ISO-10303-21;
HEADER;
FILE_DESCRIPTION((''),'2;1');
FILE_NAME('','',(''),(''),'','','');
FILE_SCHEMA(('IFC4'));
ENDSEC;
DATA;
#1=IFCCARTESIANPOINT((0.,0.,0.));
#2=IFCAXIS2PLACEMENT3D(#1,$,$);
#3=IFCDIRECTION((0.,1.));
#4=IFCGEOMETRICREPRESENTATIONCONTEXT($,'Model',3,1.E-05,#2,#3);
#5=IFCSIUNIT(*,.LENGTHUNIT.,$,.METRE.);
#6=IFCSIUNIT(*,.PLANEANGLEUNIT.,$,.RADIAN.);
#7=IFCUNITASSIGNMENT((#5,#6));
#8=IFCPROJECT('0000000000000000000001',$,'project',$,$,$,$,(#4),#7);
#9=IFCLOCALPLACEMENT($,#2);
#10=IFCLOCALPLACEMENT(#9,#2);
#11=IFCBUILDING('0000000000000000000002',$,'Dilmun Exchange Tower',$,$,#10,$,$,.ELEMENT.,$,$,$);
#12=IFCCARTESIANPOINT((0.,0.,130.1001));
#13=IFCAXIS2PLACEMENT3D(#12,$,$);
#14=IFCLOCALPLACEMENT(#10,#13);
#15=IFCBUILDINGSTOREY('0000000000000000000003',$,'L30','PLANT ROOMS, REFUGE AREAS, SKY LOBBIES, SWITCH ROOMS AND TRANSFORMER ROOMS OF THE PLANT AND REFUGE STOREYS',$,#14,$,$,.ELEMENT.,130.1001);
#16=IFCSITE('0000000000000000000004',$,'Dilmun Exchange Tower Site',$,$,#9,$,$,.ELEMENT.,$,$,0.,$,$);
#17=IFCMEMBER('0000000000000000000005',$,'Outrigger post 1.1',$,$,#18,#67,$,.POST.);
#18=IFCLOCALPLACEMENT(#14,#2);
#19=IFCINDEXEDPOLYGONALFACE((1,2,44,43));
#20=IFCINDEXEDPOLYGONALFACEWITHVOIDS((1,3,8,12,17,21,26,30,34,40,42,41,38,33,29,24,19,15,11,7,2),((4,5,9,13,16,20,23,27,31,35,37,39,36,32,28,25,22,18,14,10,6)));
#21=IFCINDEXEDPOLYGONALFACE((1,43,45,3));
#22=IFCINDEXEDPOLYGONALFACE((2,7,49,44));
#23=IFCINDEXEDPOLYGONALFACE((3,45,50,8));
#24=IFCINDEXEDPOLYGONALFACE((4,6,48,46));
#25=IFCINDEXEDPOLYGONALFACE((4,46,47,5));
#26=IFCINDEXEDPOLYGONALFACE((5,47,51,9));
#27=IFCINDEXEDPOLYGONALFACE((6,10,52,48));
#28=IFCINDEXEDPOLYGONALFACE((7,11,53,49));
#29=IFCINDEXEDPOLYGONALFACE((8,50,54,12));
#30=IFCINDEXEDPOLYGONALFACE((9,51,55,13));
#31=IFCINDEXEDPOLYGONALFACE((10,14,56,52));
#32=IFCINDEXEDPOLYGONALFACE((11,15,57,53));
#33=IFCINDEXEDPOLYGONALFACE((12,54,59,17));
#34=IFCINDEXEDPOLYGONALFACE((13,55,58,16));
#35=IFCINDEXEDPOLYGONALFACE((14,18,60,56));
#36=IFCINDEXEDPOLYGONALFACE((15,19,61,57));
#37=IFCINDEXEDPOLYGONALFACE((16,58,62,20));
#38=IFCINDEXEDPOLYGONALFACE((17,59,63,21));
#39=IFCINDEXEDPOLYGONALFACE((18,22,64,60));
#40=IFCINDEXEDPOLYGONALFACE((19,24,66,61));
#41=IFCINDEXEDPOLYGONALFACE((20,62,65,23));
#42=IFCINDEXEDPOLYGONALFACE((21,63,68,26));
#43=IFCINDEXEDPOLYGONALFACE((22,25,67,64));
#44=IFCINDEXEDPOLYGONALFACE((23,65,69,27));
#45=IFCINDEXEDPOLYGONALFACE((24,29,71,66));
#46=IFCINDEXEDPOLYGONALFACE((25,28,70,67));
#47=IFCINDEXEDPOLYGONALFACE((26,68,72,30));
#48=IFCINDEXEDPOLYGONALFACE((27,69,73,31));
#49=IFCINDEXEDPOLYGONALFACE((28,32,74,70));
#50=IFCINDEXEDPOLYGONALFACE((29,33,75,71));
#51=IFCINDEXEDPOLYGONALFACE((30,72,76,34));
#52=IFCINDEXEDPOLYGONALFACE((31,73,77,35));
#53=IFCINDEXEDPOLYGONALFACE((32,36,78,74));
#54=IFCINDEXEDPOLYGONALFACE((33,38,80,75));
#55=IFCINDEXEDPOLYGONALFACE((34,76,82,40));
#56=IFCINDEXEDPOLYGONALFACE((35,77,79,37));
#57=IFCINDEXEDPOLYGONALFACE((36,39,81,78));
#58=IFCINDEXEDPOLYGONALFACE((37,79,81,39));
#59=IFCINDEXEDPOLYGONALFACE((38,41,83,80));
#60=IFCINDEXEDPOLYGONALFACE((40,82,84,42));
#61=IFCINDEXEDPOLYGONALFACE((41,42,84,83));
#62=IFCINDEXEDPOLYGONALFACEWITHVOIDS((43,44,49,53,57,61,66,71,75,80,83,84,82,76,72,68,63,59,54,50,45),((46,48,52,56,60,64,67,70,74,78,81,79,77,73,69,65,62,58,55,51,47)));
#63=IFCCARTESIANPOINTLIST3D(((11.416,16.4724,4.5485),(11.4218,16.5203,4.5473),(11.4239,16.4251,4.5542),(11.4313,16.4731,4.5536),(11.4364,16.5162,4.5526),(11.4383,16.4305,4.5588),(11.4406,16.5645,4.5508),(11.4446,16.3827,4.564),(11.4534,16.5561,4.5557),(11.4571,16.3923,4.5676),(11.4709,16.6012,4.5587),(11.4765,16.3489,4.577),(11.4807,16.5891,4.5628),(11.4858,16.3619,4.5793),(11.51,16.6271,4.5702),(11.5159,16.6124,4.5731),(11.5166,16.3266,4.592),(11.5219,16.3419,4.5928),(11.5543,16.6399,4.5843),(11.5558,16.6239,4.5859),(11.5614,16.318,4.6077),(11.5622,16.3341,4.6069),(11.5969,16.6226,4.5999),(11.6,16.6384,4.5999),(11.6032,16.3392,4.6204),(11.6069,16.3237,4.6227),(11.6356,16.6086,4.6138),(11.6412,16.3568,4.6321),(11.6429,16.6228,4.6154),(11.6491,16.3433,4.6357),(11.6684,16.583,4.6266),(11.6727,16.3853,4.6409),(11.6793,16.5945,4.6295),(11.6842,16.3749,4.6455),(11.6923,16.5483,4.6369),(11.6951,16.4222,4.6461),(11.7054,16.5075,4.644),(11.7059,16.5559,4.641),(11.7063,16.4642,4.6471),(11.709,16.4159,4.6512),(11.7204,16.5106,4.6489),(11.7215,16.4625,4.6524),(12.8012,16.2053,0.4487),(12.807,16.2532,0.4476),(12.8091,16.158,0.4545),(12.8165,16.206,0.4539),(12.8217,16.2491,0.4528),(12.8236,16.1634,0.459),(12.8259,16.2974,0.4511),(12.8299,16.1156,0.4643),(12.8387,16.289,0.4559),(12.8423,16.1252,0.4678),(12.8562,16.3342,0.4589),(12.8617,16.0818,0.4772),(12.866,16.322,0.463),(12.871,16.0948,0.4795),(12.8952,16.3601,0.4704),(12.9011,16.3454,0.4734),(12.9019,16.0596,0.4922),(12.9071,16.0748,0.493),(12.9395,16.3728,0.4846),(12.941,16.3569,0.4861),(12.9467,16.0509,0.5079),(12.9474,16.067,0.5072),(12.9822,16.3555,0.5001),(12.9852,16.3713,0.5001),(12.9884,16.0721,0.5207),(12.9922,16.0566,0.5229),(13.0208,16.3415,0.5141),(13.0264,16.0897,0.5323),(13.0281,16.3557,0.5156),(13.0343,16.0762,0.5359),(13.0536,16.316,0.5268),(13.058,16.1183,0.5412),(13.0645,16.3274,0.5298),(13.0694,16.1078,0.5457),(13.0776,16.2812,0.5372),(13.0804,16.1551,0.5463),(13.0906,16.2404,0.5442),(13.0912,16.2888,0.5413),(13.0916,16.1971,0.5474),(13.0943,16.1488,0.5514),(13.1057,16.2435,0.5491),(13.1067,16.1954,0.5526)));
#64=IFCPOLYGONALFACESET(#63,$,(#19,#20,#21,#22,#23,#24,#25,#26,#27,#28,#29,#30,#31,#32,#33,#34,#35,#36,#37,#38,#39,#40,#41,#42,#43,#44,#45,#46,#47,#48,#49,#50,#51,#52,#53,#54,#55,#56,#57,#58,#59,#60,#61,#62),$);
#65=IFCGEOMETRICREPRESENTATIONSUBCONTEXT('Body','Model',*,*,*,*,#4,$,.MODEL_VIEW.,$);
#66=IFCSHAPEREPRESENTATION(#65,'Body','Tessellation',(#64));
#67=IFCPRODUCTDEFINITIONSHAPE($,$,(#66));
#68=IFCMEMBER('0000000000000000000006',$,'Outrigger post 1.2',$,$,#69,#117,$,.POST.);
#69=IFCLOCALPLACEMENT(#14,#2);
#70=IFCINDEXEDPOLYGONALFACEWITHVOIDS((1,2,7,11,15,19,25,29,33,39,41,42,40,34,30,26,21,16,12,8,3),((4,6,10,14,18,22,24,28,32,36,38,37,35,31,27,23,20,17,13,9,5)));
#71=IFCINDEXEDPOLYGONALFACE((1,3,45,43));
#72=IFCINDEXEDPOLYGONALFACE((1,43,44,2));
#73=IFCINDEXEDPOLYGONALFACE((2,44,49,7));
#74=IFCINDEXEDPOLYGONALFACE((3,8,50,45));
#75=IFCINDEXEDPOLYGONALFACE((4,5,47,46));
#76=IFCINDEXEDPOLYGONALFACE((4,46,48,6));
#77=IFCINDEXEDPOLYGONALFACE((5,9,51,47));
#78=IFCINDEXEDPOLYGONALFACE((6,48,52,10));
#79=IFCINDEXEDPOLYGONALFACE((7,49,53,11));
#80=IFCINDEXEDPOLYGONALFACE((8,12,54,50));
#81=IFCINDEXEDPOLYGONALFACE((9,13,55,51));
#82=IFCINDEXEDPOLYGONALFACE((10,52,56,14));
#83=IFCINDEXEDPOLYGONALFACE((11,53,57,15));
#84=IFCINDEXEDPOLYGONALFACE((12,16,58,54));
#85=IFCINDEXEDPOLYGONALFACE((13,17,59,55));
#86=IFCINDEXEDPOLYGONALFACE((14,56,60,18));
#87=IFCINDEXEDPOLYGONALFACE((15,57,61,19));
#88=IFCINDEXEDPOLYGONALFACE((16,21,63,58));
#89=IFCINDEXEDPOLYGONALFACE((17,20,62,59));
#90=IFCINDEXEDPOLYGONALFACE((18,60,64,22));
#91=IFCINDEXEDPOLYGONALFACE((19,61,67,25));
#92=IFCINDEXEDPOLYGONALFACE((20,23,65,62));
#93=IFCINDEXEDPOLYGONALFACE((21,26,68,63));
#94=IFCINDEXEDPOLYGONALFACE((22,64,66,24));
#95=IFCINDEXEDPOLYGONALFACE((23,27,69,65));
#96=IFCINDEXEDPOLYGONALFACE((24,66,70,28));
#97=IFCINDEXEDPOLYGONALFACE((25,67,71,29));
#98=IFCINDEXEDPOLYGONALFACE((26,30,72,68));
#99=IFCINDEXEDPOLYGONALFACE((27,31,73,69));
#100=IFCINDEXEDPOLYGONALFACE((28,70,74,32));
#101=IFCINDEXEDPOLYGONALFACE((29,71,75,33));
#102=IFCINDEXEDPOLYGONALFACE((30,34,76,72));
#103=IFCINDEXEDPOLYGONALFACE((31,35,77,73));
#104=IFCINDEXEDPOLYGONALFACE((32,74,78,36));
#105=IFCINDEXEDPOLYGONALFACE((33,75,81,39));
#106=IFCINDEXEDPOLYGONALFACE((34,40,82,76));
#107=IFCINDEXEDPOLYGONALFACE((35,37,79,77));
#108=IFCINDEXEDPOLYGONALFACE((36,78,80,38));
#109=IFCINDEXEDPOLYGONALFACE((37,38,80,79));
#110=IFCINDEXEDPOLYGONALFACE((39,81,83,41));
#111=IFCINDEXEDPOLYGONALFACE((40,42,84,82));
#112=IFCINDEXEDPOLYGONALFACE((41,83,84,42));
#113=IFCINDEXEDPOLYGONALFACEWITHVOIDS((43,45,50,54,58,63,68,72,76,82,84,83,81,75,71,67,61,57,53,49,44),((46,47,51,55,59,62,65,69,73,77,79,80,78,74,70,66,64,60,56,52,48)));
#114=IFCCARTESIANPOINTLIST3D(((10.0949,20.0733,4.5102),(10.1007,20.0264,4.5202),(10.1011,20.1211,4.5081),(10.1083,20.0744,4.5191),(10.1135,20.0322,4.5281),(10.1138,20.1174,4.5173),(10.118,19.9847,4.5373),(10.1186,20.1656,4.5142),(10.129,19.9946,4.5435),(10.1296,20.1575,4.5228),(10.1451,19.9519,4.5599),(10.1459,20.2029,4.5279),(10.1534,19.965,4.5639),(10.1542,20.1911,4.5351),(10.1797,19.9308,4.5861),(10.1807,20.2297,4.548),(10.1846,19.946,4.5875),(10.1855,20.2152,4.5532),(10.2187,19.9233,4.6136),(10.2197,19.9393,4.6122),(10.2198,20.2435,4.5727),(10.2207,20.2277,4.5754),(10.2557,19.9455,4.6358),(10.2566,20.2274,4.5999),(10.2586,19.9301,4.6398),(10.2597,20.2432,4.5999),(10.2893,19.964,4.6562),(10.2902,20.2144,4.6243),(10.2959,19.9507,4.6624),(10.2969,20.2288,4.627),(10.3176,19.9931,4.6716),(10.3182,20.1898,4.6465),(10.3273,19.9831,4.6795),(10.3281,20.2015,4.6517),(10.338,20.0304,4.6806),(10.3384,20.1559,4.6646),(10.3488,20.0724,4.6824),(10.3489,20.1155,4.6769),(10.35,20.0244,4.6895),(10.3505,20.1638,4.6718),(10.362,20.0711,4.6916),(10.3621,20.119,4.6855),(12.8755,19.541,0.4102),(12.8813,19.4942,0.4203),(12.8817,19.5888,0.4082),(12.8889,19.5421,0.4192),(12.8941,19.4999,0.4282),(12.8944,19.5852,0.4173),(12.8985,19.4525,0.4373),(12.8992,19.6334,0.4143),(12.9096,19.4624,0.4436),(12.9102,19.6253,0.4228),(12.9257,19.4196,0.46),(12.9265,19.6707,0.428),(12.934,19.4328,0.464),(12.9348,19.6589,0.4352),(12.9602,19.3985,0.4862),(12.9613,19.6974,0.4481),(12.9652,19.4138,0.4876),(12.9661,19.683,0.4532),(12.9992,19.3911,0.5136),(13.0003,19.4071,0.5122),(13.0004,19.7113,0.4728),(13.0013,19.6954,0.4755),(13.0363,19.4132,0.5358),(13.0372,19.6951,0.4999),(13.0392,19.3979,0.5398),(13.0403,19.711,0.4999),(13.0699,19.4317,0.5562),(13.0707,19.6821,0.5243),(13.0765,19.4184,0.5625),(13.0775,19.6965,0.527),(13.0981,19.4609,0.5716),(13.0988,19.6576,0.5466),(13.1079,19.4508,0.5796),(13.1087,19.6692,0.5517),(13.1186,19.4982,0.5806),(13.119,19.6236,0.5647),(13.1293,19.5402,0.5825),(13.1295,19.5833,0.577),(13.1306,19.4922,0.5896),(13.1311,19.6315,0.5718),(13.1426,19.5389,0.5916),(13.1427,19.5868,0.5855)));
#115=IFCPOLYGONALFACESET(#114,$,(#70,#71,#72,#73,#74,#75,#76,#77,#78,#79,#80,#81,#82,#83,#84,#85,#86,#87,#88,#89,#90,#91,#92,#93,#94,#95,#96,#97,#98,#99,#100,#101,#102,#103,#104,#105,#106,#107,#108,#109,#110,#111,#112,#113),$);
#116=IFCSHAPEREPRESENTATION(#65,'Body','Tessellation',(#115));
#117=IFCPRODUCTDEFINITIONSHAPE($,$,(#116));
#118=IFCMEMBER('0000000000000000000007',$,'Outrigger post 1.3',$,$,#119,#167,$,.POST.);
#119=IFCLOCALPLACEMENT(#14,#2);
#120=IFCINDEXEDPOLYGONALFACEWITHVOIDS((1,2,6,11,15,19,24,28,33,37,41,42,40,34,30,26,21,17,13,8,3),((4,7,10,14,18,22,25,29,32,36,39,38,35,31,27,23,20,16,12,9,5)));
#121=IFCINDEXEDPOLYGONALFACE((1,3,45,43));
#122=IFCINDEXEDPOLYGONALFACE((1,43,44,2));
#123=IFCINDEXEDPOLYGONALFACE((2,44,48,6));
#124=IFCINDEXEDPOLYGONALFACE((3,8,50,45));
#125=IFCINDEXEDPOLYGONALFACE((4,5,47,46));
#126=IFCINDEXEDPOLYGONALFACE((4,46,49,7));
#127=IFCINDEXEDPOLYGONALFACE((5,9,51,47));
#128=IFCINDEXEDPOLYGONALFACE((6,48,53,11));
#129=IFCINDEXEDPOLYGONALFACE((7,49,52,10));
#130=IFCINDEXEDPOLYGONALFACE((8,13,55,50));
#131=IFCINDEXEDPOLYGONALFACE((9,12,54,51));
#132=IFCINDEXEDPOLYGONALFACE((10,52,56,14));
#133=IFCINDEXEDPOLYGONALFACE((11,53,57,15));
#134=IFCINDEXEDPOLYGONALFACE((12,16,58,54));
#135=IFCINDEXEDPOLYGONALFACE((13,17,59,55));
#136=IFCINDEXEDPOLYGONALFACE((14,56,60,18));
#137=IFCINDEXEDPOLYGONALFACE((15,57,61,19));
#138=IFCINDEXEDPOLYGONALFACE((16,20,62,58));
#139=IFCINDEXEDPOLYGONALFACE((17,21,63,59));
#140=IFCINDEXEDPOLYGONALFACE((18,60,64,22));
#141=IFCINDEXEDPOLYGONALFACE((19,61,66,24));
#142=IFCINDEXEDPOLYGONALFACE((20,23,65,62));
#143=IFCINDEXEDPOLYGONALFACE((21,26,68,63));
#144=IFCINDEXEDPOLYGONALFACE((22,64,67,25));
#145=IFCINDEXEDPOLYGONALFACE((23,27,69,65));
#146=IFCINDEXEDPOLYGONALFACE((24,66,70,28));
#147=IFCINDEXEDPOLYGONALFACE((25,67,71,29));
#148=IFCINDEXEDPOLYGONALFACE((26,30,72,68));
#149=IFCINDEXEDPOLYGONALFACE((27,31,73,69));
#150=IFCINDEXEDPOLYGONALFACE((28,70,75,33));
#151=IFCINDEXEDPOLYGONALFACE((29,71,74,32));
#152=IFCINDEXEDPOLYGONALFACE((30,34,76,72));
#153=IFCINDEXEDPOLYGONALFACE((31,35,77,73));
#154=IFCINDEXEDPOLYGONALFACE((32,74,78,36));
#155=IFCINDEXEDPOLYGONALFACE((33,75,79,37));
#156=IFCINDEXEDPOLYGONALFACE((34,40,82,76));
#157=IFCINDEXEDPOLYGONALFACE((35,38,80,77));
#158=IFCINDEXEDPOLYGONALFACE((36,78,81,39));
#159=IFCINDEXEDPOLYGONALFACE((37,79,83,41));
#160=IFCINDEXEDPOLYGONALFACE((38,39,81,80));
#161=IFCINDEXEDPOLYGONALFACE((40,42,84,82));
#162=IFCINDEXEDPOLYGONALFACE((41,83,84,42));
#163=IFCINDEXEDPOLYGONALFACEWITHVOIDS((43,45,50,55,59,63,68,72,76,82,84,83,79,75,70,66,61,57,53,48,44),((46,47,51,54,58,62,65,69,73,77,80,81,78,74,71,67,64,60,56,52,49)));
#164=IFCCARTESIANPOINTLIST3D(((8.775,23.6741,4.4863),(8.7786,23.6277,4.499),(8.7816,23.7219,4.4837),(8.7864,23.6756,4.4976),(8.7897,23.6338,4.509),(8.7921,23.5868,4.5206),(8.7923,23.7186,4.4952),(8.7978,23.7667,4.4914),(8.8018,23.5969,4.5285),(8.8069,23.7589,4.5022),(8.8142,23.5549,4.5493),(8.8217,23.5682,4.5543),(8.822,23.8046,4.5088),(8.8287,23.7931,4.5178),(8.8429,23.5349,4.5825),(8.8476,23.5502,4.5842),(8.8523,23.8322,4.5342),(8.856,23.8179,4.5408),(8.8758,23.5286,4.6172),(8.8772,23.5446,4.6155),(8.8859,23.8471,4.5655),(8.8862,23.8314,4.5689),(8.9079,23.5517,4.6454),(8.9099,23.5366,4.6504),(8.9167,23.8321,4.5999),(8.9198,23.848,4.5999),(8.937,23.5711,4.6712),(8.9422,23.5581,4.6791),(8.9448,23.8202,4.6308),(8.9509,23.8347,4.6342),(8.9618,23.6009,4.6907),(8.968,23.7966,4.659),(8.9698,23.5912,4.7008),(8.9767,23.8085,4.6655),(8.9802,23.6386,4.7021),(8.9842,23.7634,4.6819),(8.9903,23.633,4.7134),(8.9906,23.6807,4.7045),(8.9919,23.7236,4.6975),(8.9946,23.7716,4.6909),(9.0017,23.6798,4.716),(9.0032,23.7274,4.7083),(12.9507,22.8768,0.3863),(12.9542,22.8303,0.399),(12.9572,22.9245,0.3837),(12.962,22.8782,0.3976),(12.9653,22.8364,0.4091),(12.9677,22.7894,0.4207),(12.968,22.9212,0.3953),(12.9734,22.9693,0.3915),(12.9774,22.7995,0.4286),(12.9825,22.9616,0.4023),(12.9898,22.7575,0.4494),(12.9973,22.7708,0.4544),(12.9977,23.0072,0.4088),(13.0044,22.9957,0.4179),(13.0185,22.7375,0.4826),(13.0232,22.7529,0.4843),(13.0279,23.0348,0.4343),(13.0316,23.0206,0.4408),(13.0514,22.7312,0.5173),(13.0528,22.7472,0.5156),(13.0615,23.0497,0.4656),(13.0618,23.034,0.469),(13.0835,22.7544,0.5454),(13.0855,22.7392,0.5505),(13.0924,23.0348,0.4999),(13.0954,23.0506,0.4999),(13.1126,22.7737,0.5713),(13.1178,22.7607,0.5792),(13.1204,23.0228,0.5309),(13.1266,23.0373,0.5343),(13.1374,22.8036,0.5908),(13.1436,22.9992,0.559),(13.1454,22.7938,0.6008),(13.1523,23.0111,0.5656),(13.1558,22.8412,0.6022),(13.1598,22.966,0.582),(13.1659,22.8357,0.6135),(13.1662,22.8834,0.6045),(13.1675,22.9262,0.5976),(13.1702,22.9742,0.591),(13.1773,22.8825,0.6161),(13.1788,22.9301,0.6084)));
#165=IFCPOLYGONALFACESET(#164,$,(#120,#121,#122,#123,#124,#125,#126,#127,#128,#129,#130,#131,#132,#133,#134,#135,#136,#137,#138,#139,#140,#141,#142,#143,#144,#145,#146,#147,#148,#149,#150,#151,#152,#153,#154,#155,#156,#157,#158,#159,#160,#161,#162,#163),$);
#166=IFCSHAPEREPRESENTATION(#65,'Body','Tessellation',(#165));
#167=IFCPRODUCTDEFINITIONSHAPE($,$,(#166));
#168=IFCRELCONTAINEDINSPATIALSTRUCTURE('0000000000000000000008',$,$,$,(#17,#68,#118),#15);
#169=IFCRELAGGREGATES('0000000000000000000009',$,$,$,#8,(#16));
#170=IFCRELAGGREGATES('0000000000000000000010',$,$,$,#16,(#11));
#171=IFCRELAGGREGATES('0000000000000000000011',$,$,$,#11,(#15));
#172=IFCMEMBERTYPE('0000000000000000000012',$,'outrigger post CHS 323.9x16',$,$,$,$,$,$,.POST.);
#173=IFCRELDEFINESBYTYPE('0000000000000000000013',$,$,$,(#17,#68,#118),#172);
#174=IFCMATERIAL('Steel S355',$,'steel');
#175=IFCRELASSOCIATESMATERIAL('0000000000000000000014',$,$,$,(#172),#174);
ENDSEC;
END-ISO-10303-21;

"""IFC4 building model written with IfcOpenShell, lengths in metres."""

from ifc_helpers import new_model, si_unit, direction, frame, origin, origin_2d, place, context, subcontext, project, spatial, hollow_circle, extrude, material, material_profile, profile_set, type_object, element, save


model = new_model("IFC4")

# Units and contexts
model_context = context("Model", 3, precision=1e-05, world=origin(), true_north=direction((0.0, 1.0)))
body_context = subcontext(model_context, "Body", "Model", "MODEL_VIEW")
ifc_project = project(units=[si_unit("LENGTHUNIT", "METRE"), si_unit("PLANEANGLEUNIT", "RADIAN")], contexts=[model_context])

# Site, building, storey
site_placement = place(None, origin())
site = spatial("IfcSite", under=ifc_project, at=site_placement, Name="Dilmun Exchange Tower Site", CompositionType="ELEMENT", RefElevation=0.0)
building_placement = place(site_placement, origin())
building = spatial("IfcBuilding", under=site, at=building_placement, Name="Dilmun Exchange Tower", CompositionType="ELEMENT")
storey_placement = place(building_placement, frame((0.0, 0.0, 130.1001)))
storey = spatial("IfcBuildingStorey", under=building, at=storey_placement, Name="L30", Description="PLANT ROOMS, REFUGE AREAS, SKY LOBBIES, SWITCH ROOMS AND TRANSFORMER ROOMS OF THE PLANT AND REFUGE STOREYS", CompositionType="ELEMENT", Elevation=130.1001)

# Members
ifc_material_1 = material(Name="Steel S355", Category="steel")
ifc_material_profile_1 = material_profile(ifc_material_1, hollow_circle(Radius=0.1619, WallThickness=0.0161, at=origin_2d()), Name="CHS 323.9x16")
ifc_profile_set_1 = profile_set([ifc_material_profile_1], Name="Steel S355")
member_type_1 = type_object("IfcMemberType", Name="outrigger post CHS 323.9x16", PredefinedType="POST", material=ifc_profile_set_1)
member_1_placement = place(storey_placement, frame((11.5693, 16.4795, 4.5999), z_axis=(0.319493, -0.061601, -0.945584), x_axis=(0.189322, 0.981915, 0.0)))
element("IfcMember", 1, at=member_1_placement, inside=storey, type_object=member_type_1, Name="Outrigger post 1.1", PredefinedType="POST", context=body_context, shape_type="SweptSolid", body=[
    extrude(hollow_circle(Radius=0.1619, WallThickness=0.0161, at=origin_2d()), origin(), (0.0, 0.0, 1.0), 4.3357),
])
member_2_placement = place(storey_placement, frame((10.2292, 20.0842, 4.5999), z_axis=(0.558079, -0.106823, -0.822883), x_axis=(0.188, 0.982169, 0.0)))
element("IfcMember", 2, at=member_2_placement, inside=storey, type_object=member_type_1, Name="Outrigger post 1.2", PredefinedType="POST", context=body_context, shape_type="SweptSolid", body=[
    extrude(hollow_circle(Radius=0.1619, WallThickness=0.0161, at=origin_2d()), origin(), (0.0, 0.0, 1.0), 4.9824),
])
member_3_placement = place(storey_placement, frame((8.8894, 23.689, 4.5999), z_axis=(0.707011, -0.135011, -0.694196), x_axis=(0.187571, 0.982251, 0.0)))
element("IfcMember", 3, at=member_3_placement, inside=storey, type_object=member_type_1, Name="Outrigger post 1.3", PredefinedType="POST", context=body_context, shape_type="SweptSolid", body=[
    extrude(hollow_circle(Radius=0.1619, WallThickness=0.0161, at=origin_2d()), origin(), (0.0, 0.0, 1.0), 5.906),
])

save(model, "model.ifc")
